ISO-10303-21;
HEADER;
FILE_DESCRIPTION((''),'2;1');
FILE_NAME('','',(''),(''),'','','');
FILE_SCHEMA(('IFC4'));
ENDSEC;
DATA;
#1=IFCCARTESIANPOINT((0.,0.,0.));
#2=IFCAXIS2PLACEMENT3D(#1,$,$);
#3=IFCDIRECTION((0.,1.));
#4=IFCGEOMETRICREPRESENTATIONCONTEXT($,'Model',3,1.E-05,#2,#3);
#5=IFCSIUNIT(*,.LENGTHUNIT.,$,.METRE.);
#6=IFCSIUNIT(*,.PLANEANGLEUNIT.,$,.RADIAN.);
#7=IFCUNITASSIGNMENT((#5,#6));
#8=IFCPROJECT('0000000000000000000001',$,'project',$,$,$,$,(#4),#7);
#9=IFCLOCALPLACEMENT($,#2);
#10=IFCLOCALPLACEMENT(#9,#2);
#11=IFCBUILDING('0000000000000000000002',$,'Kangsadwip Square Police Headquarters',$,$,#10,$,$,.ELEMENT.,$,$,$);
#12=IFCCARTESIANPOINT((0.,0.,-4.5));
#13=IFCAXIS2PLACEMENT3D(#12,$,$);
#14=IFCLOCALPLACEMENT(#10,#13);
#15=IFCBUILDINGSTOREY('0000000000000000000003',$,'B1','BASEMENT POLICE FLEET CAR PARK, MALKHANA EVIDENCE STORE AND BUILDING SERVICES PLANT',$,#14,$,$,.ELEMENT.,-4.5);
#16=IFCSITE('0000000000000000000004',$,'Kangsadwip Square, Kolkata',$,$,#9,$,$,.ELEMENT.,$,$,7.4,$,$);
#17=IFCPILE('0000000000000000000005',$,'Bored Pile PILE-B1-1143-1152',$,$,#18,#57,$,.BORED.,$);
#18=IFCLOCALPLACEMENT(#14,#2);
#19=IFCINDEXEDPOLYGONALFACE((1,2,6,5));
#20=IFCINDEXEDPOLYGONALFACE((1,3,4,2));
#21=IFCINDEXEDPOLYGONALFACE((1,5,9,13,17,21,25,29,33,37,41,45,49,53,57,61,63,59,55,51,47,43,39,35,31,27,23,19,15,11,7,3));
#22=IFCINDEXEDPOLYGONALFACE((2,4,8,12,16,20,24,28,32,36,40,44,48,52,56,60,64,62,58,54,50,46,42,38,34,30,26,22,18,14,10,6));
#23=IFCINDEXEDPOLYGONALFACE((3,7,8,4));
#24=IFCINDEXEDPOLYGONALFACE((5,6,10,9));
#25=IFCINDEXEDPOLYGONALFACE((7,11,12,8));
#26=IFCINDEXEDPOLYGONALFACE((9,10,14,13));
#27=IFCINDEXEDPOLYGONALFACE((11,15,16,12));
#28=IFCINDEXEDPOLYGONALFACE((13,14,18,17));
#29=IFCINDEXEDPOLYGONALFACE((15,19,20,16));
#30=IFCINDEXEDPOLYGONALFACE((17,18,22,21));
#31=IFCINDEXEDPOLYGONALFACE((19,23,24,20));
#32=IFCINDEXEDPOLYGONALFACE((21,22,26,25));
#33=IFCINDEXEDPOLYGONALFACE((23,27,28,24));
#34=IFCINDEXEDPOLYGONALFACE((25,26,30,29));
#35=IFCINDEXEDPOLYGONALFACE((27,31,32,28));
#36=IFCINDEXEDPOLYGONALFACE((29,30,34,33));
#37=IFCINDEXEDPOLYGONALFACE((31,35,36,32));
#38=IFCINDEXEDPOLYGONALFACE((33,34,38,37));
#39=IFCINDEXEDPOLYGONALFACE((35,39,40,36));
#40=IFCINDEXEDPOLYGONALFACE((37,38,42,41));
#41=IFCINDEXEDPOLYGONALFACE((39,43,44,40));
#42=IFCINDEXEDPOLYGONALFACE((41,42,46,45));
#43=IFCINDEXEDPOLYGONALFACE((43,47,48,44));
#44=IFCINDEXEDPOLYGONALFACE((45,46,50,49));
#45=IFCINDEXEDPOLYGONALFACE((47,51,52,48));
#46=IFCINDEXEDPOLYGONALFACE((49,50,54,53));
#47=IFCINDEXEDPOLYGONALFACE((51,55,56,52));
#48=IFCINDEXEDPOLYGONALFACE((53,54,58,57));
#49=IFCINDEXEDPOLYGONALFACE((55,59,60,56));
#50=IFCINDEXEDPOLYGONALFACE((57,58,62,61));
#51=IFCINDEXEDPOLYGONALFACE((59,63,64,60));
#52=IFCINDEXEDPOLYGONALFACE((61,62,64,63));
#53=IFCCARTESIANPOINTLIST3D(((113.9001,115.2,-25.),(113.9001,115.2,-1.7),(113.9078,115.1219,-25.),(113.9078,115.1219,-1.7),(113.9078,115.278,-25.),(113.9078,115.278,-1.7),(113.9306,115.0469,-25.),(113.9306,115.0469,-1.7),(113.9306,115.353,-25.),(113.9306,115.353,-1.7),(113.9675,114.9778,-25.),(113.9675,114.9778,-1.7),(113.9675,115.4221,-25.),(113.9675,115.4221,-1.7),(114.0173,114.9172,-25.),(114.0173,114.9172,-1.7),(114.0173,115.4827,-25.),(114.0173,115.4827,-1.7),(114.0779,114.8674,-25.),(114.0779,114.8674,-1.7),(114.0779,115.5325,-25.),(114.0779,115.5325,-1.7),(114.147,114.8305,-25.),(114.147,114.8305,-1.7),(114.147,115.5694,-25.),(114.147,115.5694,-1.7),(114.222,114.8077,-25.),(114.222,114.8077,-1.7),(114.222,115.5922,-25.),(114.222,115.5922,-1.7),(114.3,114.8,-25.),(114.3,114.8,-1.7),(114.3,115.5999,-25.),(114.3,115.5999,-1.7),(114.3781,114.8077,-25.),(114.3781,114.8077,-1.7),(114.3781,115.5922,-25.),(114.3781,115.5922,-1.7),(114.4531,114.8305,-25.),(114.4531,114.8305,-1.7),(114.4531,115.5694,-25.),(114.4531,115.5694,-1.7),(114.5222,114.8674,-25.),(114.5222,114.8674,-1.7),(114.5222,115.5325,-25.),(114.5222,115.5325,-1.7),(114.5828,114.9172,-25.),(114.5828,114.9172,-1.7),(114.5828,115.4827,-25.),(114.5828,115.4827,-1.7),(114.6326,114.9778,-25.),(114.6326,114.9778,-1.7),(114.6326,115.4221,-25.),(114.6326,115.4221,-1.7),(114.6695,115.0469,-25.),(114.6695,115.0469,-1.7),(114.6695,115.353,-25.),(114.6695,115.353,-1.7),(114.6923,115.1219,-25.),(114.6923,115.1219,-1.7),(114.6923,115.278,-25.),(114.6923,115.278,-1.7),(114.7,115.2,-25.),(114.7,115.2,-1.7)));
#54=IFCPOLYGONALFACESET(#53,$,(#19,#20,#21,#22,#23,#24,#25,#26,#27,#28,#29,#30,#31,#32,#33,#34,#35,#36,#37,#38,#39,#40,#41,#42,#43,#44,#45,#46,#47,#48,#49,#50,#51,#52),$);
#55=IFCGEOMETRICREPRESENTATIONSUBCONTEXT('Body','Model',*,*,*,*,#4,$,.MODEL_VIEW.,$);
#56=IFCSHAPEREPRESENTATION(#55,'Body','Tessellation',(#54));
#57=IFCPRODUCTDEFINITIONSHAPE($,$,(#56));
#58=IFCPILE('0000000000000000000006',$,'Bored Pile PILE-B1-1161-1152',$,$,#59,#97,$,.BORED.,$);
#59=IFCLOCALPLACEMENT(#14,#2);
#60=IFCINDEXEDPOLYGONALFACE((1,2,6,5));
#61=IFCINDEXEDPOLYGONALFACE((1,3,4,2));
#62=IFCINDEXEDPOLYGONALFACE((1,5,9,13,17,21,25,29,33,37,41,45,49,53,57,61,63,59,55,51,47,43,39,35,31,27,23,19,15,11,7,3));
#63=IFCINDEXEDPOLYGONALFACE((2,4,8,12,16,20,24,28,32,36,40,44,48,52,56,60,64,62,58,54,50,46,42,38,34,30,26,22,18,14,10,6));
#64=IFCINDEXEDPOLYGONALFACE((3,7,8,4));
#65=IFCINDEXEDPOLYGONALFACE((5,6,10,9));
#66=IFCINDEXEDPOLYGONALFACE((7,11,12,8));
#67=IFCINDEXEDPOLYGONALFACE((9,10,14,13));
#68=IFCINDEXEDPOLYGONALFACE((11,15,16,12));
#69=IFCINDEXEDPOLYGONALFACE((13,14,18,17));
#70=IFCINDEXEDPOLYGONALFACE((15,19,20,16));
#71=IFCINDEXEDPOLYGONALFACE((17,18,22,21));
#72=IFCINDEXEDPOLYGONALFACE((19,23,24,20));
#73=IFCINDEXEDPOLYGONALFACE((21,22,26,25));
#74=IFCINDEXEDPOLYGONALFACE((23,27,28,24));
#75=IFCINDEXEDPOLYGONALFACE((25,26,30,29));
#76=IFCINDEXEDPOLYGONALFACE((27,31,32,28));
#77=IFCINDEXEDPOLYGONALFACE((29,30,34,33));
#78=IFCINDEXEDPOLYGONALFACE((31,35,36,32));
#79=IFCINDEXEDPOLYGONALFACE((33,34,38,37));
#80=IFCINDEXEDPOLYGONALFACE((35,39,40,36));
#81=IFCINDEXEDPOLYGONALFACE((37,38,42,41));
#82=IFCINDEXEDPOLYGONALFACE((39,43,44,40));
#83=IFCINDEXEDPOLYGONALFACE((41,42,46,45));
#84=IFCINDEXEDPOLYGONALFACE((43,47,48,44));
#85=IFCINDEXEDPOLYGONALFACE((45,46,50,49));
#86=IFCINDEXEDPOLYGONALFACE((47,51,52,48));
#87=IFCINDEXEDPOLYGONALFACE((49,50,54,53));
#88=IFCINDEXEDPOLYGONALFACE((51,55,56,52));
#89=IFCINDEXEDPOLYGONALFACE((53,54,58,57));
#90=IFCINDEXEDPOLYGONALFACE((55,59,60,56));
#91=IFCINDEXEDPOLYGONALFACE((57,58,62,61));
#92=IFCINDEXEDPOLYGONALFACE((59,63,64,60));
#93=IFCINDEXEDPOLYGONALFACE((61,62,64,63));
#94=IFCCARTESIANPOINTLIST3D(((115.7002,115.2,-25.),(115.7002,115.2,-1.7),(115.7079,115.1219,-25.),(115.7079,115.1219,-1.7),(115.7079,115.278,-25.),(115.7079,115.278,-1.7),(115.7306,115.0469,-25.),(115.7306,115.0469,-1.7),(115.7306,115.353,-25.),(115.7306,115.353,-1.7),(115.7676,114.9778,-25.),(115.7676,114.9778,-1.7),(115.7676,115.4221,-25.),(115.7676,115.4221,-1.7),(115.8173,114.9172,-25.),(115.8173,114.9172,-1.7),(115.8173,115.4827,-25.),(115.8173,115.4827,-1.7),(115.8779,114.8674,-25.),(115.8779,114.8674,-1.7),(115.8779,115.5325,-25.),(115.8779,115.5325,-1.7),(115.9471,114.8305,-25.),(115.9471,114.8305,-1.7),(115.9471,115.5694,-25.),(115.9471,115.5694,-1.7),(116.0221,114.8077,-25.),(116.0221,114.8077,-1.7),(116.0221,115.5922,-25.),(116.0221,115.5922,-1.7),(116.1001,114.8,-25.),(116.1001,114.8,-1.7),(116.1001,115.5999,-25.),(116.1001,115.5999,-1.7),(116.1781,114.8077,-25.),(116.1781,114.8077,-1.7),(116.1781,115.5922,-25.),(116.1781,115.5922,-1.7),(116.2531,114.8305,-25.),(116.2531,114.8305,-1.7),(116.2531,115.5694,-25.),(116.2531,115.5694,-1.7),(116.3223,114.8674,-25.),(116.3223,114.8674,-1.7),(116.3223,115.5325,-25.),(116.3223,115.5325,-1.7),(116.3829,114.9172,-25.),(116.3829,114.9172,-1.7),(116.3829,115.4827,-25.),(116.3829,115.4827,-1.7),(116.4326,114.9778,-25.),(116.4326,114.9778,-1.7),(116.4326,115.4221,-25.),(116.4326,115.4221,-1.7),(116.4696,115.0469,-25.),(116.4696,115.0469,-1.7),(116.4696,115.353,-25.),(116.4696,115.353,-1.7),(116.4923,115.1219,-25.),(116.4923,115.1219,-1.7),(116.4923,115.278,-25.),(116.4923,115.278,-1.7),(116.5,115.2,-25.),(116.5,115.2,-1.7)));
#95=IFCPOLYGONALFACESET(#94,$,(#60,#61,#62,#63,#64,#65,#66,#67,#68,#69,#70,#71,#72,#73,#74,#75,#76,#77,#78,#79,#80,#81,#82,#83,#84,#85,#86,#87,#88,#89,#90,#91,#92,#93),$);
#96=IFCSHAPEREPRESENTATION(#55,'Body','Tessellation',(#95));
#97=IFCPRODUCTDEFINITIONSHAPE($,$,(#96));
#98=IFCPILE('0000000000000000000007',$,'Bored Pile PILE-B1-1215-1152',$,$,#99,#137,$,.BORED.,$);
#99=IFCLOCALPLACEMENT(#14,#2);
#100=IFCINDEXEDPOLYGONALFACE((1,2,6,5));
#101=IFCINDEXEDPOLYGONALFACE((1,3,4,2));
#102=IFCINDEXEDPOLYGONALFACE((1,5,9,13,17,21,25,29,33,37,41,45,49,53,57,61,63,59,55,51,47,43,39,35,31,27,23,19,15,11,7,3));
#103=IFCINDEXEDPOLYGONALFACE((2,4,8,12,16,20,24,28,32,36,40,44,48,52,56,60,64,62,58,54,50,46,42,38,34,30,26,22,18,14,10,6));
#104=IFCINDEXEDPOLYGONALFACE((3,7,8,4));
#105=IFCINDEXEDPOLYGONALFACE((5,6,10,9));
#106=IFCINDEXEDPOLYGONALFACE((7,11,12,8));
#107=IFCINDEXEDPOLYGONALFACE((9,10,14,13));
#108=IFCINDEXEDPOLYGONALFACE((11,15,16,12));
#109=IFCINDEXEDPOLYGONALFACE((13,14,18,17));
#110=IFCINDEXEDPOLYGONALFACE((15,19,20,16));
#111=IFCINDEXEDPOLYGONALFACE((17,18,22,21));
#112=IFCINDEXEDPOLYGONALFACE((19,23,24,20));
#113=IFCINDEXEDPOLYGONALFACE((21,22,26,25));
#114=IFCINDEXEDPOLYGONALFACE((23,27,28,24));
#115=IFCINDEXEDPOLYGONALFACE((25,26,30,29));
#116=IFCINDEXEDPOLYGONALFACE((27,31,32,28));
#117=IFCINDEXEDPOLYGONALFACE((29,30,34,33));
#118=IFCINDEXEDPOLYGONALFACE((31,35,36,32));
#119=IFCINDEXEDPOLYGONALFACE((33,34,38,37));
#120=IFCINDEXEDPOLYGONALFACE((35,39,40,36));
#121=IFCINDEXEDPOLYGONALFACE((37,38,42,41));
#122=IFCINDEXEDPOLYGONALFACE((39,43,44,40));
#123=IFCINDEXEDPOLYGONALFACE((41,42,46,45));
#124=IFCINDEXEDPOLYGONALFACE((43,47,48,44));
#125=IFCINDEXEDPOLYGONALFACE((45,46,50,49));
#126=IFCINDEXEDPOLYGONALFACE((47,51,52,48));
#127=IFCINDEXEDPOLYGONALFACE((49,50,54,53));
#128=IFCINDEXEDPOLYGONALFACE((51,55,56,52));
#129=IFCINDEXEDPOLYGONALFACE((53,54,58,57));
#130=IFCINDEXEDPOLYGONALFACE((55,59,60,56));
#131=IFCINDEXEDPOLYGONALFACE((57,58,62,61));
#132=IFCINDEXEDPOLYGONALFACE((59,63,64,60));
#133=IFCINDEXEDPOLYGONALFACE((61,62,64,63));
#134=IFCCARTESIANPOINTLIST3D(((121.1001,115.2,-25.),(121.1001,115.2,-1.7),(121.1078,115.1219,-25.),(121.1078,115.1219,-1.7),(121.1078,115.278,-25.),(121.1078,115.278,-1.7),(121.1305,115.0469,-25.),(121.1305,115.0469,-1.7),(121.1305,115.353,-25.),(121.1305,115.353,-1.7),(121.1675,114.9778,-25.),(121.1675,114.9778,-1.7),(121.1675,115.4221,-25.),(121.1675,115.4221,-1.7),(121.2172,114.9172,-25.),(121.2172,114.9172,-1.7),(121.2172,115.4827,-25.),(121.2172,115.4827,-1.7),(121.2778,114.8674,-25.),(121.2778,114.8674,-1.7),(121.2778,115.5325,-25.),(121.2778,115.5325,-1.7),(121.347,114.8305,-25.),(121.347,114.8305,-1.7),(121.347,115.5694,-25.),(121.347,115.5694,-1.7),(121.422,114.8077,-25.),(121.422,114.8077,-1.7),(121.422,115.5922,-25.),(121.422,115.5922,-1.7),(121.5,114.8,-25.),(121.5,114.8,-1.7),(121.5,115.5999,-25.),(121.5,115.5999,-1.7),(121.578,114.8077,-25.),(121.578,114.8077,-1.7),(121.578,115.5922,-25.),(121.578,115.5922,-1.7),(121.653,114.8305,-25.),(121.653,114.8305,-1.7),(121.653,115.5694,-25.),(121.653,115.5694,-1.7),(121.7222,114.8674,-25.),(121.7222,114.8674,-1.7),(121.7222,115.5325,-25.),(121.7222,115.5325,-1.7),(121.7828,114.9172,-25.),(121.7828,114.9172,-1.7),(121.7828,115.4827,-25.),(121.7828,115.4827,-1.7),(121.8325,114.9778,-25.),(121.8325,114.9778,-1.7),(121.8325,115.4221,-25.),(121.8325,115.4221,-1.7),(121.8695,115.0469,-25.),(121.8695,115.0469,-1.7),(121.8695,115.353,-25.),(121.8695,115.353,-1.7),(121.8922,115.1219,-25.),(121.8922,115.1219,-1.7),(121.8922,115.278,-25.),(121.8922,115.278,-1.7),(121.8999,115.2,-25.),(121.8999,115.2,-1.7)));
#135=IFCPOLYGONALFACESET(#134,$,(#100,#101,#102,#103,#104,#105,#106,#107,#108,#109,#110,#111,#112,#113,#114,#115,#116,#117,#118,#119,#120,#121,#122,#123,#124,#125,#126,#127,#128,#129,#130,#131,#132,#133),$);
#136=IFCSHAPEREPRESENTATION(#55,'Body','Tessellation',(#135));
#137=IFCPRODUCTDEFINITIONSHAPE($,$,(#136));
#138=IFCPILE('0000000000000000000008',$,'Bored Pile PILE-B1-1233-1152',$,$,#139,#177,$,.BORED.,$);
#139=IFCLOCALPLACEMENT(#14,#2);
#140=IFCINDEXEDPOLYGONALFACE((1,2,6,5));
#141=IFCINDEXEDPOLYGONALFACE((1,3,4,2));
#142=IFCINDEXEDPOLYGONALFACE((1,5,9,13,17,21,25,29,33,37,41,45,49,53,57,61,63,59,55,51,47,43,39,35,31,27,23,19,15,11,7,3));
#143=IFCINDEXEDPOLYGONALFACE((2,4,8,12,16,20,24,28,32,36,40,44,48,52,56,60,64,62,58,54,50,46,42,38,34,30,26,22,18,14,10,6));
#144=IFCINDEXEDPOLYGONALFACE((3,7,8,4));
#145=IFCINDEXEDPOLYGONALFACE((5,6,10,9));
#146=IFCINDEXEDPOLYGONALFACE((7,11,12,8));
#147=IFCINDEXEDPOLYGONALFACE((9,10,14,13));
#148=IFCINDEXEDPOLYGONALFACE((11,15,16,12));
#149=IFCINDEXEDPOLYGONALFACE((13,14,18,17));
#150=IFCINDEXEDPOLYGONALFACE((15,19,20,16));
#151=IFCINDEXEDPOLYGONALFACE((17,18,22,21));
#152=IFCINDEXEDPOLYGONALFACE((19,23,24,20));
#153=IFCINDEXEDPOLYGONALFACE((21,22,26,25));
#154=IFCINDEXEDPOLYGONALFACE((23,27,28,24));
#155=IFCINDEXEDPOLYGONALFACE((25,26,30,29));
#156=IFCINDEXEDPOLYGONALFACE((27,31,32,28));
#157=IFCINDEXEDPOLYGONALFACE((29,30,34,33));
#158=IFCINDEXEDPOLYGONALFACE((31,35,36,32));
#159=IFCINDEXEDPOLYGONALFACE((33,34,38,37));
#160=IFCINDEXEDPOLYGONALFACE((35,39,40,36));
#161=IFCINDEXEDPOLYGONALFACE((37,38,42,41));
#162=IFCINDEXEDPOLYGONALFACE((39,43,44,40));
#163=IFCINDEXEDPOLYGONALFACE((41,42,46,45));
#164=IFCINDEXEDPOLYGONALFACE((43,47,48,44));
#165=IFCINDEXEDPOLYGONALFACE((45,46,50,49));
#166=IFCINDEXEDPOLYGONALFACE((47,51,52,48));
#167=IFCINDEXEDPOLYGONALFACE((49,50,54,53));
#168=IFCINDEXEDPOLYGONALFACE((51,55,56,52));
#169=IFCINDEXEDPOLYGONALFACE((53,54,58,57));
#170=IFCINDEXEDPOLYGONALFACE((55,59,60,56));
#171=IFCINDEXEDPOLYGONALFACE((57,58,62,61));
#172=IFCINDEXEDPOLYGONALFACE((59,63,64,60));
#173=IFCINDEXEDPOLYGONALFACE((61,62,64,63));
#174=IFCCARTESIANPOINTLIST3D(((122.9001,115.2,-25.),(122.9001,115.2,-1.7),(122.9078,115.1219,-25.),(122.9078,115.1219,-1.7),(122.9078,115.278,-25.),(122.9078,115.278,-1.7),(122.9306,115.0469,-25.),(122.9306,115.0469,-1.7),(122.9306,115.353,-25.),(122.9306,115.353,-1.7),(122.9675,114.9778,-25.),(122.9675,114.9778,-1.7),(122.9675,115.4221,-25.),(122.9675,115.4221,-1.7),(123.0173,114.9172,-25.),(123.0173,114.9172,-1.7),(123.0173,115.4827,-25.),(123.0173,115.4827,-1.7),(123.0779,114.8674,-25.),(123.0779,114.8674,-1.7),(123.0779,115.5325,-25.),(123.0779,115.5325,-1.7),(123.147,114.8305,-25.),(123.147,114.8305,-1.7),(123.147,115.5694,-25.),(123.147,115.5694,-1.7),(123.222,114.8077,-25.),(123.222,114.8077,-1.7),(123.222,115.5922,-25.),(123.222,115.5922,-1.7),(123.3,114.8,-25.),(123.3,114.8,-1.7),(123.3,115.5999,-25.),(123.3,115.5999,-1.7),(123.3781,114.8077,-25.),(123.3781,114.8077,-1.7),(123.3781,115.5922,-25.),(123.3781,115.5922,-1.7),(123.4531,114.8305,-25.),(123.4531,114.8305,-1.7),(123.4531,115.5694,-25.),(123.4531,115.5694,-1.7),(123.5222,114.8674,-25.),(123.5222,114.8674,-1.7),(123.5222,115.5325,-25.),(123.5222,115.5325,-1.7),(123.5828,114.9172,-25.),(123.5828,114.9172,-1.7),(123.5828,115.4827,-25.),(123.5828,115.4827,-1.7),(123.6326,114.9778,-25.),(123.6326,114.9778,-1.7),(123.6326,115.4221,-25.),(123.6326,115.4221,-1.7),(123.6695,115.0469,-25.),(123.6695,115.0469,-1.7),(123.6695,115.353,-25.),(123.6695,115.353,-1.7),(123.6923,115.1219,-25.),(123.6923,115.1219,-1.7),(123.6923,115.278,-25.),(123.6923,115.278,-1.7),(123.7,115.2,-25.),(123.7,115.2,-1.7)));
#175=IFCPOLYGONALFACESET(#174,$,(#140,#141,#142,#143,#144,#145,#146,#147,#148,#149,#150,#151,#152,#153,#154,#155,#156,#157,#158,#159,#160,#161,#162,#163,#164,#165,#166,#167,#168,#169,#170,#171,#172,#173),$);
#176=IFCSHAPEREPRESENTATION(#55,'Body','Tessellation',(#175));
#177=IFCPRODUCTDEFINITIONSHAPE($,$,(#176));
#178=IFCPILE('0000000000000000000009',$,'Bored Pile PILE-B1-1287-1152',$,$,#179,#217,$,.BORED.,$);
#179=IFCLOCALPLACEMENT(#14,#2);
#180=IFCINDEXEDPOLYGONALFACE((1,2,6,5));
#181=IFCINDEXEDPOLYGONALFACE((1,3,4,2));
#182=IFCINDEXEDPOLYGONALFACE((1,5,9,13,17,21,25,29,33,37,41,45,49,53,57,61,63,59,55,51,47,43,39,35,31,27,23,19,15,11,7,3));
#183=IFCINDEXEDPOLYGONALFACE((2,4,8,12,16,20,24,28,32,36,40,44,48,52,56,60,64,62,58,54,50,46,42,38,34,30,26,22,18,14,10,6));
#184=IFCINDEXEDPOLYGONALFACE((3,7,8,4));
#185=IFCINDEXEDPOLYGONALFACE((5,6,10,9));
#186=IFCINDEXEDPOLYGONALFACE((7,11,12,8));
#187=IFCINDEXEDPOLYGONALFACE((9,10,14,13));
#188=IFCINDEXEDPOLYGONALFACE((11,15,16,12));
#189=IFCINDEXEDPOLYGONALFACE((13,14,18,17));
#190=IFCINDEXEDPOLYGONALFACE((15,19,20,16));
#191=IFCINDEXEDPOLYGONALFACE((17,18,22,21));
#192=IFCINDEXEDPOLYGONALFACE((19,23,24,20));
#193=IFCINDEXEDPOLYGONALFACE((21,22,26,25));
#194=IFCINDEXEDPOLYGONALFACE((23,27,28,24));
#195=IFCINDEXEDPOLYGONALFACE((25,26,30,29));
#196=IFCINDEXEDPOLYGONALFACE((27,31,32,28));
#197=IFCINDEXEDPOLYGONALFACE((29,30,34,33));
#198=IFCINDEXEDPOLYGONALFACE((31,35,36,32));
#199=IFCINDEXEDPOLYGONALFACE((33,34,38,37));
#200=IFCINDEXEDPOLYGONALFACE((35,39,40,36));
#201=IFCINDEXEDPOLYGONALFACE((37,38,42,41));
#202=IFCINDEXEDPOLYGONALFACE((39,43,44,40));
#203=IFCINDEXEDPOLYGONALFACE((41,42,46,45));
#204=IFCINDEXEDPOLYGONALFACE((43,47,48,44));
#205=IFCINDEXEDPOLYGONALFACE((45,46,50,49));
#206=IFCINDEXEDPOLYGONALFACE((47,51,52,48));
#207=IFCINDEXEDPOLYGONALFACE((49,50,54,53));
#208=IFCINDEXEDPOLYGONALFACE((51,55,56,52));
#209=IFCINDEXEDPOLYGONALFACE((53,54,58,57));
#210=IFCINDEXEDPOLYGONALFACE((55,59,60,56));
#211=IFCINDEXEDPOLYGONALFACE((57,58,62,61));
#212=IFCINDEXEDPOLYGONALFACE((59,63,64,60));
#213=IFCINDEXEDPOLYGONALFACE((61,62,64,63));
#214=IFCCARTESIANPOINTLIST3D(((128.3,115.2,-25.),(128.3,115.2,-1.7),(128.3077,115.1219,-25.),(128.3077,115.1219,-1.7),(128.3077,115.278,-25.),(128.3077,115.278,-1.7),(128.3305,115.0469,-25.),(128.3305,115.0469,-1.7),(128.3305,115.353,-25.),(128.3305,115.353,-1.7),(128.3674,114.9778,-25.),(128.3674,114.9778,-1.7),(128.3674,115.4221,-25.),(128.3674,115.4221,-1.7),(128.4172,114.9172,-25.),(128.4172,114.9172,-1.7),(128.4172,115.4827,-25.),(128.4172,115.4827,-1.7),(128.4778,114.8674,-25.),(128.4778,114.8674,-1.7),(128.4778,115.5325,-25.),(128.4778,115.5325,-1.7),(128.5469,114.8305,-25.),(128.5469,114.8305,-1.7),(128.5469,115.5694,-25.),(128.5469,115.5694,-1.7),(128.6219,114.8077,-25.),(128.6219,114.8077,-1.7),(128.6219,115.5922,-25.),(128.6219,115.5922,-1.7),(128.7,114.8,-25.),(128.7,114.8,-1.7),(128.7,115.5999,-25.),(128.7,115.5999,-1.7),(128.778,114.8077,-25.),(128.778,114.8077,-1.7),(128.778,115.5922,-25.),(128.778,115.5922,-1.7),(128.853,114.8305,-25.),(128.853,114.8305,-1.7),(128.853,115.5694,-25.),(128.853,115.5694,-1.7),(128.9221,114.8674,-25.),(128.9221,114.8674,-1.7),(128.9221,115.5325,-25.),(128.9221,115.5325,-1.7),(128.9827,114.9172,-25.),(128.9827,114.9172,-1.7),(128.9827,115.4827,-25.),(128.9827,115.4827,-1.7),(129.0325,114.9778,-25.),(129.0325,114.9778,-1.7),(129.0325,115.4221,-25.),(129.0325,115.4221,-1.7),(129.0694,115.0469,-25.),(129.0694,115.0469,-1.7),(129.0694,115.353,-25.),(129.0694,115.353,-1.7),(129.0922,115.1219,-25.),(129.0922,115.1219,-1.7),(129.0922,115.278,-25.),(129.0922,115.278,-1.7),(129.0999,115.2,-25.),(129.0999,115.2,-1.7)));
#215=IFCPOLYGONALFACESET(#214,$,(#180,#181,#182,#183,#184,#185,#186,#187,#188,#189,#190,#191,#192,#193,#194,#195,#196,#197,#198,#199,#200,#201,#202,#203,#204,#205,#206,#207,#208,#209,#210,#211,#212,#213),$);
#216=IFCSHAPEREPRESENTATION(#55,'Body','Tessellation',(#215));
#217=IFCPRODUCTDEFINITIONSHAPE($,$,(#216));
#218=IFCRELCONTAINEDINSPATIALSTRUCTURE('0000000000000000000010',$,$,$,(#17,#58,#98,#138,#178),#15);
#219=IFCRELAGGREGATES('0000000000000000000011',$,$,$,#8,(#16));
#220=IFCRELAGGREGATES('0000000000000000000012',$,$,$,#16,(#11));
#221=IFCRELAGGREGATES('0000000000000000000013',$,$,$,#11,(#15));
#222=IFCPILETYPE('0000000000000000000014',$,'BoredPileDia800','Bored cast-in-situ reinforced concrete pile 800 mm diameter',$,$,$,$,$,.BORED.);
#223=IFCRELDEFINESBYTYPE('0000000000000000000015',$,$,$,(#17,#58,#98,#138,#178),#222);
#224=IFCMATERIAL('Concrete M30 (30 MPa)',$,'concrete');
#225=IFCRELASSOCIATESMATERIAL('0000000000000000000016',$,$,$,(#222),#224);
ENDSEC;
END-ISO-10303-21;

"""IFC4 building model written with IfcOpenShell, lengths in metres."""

from ifc_helpers import new_model, si_unit, direction, frame, origin, origin_2d, place, context, subcontext, project, spatial, circle, extrude, material, material_profile, profile_set, type_object, element, save


model = new_model("IFC4")

# Units and contexts
model_context = context("Model", 3, precision=1e-05, world=origin(), true_north=direction((0.0, 1.0)))
body_context = subcontext(model_context, "Body", "Model", "MODEL_VIEW")
ifc_project = project(units=[si_unit("LENGTHUNIT", "METRE"), si_unit("PLANEANGLEUNIT", "RADIAN")], contexts=[model_context])

# Site, building, storey
site_placement = place(None, origin())
site = spatial("IfcSite", under=ifc_project, at=site_placement, Name="Kangsadwip Square, Kolkata", CompositionType="ELEMENT", RefElevation=7.4)
building_placement = place(site_placement, origin())
building = spatial("IfcBuilding", under=site, at=building_placement, Name="Kangsadwip Square Police Headquarters", CompositionType="ELEMENT")
storey_placement = place(building_placement, frame((0.0, 0.0, -4.5)))
storey = spatial("IfcBuildingStorey", under=building, at=storey_placement, Name="B1", Description="BASEMENT POLICE FLEET CAR PARK, MALKHANA EVIDENCE STORE AND BUILDING SERVICES PLANT", CompositionType="ELEMENT", Elevation=-4.5)

# Piles
ifc_material_1 = material(Name="Concrete M30 (30 MPa)", Category="concrete")
ifc_material_profile_1 = material_profile(ifc_material_1, circle(Radius=0.3999, at=origin_2d()), Name="PILE DIA 800")
ifc_profile_set_1 = profile_set([ifc_material_profile_1], Name="Concrete M30 (30 MPa)")
pile_type_1 = type_object("IfcPileType", Name="BoredPileDia800", Description="Bored cast-in-situ reinforced concrete pile 800 mm diameter", PredefinedType="BORED", material=ifc_profile_set_1)
for number, where, z_axis, x_axis, name in (
    (1, (114.3, 115.2, -1.7), (0.0, 0.0, -1.0), (1.0, 0.0, 0.0), "Bored Pile PILE-B1-1143-1152"),
    (2, (116.1001, 115.2, -1.7), (0.0, 0.0, -1.0), (1.0, 0.0, 0.0), "Bored Pile PILE-B1-1161-1152"),
    (3, (121.5, 115.2, -1.7), (0.0, 0.0, -1.0), (1.0, 0.0, 0.0), "Bored Pile PILE-B1-1215-1152"),
    (4, (123.3, 115.2, -1.7), (0.0, 0.0, -1.0), (1.0, 0.0, 0.0), "Bored Pile PILE-B1-1233-1152"),
    (5, (128.7, 115.2, -1.7), (0.0, 0.0, -1.0), (1.0, 0.0, 0.0), "Bored Pile PILE-B1-1287-1152"),
):
    element("IfcPile", number, at=place(storey_placement, frame(where, z_axis=z_axis, x_axis=x_axis)), inside=storey, type_object=pile_type_1, Name=name, PredefinedType="BORED", context=body_context, shape_type="SweptSolid", body=[
        extrude(circle(Radius=0.3999, at=origin_2d()), origin(), (0.0, 0.0, 1.0), 23.3),
    ])

save(model, "model.ifc")
